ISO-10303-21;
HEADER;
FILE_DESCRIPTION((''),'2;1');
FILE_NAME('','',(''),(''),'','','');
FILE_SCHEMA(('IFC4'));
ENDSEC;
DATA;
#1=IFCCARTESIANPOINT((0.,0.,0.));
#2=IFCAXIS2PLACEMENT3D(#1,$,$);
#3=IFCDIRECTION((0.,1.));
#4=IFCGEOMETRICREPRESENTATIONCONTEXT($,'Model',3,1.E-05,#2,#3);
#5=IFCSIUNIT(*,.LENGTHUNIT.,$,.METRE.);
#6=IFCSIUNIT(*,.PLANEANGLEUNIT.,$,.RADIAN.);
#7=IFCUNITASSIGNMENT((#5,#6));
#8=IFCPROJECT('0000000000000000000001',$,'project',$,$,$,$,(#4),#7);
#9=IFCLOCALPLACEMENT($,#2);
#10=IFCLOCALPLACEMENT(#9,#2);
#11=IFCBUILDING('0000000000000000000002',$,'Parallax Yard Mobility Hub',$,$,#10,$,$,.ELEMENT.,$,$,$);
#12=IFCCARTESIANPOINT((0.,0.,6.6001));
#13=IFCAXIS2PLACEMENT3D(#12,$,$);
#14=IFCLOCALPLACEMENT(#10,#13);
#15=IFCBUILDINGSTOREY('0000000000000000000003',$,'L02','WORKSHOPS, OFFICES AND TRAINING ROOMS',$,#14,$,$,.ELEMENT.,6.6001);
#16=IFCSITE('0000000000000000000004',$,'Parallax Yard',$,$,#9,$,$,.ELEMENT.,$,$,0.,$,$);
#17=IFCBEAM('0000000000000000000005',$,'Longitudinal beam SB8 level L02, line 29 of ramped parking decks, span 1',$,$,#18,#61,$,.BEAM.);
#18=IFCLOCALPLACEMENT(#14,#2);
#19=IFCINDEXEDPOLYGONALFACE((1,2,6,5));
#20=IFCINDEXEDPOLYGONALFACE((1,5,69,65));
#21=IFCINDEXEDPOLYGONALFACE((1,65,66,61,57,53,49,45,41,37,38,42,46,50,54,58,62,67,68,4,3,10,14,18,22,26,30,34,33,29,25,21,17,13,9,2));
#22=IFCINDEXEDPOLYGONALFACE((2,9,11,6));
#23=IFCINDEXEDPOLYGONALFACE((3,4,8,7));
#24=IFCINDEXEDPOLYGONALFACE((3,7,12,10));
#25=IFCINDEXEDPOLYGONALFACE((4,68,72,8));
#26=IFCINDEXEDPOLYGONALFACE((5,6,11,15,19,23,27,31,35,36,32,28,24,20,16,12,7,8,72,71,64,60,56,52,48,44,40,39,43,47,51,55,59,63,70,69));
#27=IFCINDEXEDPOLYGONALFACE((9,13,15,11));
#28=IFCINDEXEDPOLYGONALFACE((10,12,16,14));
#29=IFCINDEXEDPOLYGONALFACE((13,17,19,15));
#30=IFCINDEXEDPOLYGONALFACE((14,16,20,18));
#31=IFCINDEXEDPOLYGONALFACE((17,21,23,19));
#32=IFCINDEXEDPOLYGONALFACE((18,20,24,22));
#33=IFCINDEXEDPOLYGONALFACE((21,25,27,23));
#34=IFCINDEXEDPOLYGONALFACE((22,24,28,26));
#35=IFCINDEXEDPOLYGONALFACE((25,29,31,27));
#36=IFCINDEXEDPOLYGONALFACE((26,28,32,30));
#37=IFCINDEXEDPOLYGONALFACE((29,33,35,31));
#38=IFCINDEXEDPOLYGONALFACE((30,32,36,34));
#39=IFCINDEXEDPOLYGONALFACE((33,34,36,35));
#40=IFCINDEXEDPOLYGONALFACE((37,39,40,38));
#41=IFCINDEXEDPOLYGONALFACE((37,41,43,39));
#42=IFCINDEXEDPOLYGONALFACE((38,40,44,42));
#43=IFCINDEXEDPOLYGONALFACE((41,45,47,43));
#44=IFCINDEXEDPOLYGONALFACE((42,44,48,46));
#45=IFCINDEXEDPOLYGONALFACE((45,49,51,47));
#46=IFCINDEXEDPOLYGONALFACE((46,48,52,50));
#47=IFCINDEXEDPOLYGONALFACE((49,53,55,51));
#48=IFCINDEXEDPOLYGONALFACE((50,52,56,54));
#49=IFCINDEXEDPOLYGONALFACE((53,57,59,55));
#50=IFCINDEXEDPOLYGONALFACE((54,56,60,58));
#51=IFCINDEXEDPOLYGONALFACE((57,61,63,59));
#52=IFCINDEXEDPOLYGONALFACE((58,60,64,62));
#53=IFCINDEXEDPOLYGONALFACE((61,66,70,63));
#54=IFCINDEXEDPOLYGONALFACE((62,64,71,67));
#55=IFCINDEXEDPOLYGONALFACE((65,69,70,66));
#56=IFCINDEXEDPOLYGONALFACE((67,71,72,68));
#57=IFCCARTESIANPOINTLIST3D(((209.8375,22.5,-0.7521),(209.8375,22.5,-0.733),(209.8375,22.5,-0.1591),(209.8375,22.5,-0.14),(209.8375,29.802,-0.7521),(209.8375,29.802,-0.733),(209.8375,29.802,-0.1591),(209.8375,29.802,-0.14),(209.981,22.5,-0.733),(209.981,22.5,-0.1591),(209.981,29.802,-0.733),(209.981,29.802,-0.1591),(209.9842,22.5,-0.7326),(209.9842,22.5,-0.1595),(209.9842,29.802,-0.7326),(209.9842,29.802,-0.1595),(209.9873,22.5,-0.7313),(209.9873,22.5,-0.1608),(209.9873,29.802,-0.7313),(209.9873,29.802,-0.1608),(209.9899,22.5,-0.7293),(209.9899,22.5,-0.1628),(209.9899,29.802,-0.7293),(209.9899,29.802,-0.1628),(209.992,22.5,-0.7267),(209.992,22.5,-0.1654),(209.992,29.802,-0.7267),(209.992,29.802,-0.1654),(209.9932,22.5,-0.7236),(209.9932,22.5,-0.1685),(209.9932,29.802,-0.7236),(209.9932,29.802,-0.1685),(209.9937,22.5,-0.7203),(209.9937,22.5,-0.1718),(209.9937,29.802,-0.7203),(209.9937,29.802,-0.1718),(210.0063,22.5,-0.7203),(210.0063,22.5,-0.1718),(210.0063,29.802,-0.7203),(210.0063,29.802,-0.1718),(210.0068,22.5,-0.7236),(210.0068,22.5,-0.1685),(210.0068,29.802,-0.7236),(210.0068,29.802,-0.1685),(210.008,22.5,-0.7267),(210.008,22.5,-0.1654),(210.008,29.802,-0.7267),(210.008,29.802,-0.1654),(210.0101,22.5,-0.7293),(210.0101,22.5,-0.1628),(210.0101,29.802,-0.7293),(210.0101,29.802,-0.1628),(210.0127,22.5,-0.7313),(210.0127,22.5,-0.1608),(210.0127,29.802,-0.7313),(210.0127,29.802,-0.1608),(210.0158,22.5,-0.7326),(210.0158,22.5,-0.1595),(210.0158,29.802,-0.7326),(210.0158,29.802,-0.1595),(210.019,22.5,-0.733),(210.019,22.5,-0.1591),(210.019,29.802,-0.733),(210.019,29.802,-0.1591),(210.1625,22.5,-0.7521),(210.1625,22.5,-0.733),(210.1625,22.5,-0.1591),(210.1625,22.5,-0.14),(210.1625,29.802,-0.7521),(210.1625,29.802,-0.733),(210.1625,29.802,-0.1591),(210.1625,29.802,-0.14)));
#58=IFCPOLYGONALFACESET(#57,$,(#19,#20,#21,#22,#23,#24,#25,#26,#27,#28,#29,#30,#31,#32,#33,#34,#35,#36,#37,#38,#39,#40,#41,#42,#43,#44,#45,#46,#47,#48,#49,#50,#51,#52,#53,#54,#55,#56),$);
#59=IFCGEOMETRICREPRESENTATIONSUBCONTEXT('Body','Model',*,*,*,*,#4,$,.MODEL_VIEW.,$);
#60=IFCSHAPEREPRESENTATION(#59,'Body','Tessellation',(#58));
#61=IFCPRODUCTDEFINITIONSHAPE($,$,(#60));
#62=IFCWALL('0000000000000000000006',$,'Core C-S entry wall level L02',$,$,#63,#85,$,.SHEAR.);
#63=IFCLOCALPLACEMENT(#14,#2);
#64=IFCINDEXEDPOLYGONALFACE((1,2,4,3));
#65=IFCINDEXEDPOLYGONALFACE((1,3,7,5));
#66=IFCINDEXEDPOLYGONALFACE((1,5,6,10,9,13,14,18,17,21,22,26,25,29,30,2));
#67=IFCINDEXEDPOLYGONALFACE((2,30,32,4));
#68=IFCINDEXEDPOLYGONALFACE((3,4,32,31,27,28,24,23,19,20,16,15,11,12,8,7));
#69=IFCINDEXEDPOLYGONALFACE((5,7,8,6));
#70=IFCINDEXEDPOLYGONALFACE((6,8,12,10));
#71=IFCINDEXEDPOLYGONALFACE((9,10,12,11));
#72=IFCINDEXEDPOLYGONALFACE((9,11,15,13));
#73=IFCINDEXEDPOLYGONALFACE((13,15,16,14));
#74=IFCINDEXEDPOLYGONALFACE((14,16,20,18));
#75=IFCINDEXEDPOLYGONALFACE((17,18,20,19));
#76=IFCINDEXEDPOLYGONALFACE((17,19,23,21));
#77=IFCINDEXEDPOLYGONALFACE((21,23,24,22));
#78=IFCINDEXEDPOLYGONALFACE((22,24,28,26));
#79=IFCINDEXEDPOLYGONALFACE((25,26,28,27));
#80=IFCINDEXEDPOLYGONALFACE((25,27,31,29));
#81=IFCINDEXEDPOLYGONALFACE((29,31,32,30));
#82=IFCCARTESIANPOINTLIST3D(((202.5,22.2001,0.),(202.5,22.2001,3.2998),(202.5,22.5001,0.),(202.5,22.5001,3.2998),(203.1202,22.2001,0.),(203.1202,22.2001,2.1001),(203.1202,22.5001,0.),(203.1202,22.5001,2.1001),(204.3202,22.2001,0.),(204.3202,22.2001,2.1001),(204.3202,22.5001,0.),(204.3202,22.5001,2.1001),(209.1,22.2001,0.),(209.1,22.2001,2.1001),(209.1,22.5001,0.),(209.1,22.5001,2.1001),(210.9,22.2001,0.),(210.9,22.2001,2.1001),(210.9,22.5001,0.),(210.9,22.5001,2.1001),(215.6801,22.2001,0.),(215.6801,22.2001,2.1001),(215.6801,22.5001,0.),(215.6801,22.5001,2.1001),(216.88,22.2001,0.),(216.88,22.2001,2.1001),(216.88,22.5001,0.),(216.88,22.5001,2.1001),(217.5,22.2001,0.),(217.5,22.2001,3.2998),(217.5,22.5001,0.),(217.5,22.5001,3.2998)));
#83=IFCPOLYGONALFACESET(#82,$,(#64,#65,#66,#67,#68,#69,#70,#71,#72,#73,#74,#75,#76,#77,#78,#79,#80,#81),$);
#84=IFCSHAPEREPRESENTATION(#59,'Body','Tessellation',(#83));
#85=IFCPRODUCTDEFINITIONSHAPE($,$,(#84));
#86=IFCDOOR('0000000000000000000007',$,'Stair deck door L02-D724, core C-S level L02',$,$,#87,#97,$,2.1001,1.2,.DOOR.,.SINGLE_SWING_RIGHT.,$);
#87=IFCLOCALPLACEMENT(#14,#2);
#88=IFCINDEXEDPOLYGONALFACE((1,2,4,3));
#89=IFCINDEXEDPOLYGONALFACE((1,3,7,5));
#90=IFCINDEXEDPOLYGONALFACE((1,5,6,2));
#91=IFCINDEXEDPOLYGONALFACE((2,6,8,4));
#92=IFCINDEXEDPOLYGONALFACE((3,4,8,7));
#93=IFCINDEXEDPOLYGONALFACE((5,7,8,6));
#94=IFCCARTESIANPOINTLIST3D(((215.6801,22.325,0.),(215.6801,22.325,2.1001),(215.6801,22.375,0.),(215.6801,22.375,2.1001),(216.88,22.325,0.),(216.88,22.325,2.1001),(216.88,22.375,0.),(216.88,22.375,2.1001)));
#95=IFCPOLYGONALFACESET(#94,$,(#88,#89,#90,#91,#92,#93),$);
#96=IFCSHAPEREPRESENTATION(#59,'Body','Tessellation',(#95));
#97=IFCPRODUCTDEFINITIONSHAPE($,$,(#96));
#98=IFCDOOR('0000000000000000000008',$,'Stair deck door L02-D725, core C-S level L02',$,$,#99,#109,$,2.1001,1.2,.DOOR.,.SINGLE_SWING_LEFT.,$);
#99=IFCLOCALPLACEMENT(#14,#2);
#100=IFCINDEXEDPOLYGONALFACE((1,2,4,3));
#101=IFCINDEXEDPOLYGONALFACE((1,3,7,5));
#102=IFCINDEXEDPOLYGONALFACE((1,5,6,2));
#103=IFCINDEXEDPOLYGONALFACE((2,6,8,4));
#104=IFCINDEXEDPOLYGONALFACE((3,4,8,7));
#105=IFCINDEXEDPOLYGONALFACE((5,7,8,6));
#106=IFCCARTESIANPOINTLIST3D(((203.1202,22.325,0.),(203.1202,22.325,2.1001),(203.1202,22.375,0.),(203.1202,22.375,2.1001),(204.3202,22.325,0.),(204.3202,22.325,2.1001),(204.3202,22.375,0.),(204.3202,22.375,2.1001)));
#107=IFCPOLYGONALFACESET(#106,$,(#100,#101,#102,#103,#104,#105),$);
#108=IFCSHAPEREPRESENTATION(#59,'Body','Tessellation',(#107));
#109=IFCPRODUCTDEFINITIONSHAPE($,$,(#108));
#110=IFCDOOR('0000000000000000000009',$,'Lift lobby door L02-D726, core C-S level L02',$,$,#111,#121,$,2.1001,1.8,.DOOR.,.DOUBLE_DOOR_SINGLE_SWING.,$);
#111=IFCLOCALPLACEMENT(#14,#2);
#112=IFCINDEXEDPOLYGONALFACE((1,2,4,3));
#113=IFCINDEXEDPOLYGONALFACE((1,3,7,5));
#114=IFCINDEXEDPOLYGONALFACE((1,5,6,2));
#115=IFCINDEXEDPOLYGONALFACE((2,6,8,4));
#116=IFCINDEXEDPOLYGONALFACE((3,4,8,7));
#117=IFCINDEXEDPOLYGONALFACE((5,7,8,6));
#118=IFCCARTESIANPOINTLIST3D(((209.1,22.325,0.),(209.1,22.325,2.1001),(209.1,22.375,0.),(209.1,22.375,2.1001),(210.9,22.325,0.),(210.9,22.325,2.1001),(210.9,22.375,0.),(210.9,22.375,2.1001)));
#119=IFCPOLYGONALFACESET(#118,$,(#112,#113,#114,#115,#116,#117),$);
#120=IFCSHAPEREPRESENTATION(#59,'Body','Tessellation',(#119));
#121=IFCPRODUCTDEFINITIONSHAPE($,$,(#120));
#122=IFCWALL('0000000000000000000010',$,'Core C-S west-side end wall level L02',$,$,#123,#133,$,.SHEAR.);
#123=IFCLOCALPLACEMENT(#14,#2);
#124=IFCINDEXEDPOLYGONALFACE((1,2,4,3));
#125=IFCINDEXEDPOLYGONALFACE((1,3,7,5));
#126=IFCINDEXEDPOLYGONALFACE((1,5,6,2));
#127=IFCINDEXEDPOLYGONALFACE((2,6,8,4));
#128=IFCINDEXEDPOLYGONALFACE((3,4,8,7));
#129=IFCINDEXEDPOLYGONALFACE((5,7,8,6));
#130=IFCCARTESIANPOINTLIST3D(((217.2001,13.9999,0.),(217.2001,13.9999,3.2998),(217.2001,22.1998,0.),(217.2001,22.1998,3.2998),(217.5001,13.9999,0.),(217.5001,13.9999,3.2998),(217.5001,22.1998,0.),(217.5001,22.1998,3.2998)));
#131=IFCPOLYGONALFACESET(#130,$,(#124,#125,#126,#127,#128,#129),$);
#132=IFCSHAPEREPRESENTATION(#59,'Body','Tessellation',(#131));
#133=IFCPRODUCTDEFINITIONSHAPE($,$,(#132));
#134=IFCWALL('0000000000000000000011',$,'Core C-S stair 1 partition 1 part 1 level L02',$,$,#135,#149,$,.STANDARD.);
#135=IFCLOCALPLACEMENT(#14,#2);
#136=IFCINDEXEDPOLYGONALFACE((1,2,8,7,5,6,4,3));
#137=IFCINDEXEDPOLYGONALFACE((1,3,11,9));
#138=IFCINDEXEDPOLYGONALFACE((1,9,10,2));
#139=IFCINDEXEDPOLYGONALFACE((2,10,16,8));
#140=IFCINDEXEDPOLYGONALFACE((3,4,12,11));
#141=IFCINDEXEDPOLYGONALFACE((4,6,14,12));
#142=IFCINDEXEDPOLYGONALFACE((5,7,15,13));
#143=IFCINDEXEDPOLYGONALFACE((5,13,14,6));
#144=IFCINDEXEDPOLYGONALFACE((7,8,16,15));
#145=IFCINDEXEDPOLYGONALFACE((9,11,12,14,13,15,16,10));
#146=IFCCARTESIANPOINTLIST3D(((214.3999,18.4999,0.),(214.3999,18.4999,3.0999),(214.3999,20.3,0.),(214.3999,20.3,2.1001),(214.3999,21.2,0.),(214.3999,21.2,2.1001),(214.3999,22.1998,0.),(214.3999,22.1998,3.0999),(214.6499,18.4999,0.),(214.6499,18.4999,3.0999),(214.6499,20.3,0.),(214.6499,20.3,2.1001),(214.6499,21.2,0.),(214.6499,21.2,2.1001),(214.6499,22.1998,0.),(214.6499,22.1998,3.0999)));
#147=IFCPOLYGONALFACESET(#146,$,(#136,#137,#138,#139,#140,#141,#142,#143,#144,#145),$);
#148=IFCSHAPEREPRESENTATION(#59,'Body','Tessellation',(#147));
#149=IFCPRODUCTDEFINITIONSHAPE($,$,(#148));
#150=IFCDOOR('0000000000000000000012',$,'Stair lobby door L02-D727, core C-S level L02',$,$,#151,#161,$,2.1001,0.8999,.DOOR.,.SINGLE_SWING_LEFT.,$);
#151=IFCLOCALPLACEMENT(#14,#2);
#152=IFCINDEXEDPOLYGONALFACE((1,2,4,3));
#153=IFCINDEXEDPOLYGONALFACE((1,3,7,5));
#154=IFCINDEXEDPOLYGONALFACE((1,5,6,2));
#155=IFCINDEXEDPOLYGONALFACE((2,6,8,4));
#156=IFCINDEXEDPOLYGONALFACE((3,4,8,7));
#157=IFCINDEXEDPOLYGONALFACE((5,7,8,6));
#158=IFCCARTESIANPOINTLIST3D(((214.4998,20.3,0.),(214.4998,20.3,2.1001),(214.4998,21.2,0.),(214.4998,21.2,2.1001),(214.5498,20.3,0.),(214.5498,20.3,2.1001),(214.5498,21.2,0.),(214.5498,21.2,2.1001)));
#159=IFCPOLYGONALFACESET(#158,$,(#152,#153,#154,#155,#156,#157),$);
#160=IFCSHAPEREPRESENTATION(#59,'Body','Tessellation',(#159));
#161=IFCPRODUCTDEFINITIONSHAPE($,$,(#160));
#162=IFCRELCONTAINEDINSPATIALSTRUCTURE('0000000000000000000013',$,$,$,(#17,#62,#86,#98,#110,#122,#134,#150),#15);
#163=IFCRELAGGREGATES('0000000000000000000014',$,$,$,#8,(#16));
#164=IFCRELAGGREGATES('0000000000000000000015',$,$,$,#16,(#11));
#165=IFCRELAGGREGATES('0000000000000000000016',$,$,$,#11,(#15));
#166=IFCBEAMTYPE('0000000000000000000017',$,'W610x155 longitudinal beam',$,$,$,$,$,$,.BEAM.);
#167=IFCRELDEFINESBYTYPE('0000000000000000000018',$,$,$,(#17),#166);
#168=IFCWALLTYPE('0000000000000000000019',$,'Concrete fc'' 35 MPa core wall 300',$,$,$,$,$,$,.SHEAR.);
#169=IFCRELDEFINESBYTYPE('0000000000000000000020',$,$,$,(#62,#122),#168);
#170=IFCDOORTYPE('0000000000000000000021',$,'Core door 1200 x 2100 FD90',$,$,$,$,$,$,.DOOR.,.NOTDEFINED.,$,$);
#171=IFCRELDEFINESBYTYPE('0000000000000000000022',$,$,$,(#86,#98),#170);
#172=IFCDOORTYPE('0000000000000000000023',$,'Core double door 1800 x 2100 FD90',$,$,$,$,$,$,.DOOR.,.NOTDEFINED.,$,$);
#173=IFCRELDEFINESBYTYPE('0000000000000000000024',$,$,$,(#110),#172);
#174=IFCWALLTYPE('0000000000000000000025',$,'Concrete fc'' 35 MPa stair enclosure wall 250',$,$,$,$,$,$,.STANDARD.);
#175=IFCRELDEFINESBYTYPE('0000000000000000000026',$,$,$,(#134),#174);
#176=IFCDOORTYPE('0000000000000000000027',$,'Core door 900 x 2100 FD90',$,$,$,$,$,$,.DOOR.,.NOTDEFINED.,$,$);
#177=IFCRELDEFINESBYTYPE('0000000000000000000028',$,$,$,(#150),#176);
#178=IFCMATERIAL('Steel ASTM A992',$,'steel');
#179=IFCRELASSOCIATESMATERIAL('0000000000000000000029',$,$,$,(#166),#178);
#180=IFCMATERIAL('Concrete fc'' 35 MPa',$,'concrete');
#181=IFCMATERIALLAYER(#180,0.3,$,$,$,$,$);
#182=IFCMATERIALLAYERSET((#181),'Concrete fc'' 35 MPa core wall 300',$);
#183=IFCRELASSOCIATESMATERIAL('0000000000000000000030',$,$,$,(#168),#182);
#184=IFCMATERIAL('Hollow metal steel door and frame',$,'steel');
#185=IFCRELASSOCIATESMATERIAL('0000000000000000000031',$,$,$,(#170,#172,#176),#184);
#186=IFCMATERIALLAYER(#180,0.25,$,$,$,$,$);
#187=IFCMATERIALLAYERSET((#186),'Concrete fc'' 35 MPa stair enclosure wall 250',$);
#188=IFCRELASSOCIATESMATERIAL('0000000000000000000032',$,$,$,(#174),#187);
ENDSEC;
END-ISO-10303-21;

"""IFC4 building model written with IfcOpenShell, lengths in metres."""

from ifc_helpers import new_model, si_unit, direction, frame, frame_2d, origin, origin_2d, place, context, subcontext, project, spatial, rectangle, i_section, extrude, material, layer, layer_set, material_profile, profile_set, type_object, element, fill, save


model = new_model("IFC4")

# Units and contexts
model_context = context("Model", 3, precision=1e-05, world=origin(), true_north=direction((0.0, 1.0)))
body_context = subcontext(model_context, "Body", "Model", "MODEL_VIEW")
ifc_project = project(units=[si_unit("LENGTHUNIT", "METRE"), si_unit("PLANEANGLEUNIT", "RADIAN")], contexts=[model_context])

# Site, building, storey
site_placement = place(None, origin())
site = spatial("IfcSite", under=ifc_project, at=site_placement, Name="Parallax Yard", CompositionType="ELEMENT", RefElevation=0.0)
building_placement = place(site_placement, origin())
building = spatial("IfcBuilding", under=site, at=building_placement, Name="Parallax Yard Mobility Hub", CompositionType="ELEMENT")
storey_placement = place(building_placement, frame((0.0, 0.0, 6.6001)))
storey = spatial("IfcBuildingStorey", under=building, at=storey_placement, Name="L02", Description="WORKSHOPS, OFFICES AND TRAINING ROOMS", CompositionType="ELEMENT", Elevation=6.6001)

# Shared definitions
ifc_material_1 = material(Name="Steel ASTM A992", Category="steel")

# Beam
ifc_material_profile_1 = material_profile(ifc_material_1, i_section(OverallWidth=0.325, OverallDepth=0.6121, WebThickness=0.0127, FlangeThickness=0.019, FilletRadius=0.0127, at=origin_2d()), Name="W610x155")
ifc_profile_set_1 = profile_set([ifc_material_profile_1], Name="Steel ASTM A992")
beam_type_1 = type_object("IfcBeamType", Name="W610x155 longitudinal beam", PredefinedType="BEAM", material=ifc_profile_set_1)
beam_1_placement = place(storey_placement, frame((210.0, 22.5, -0.446), z_axis=(0.0, 1.0, 0.0), x_axis=(-1.0, 0.0, 0.0)))
element("IfcBeam", 1, at=beam_1_placement, inside=storey, type_object=beam_type_1, Name="Longitudinal beam SB8 level L02, line 29 of ramped parking decks, span 1", PredefinedType="BEAM", context=body_context, shape_type="SweptSolid", body=[
    extrude(i_section(OverallWidth=0.325, OverallDepth=0.6121, WebThickness=0.0127, FlangeThickness=0.019, FilletRadius=0.0127, at=origin_2d()), origin(), (0.0, 0.0, 1.0), 7.302),
])

# Wall, openings, doors
ifc_material_2 = material(Name="Concrete fc' 35 MPa", Category="concrete")
ifc_layer_1 = layer(ifc_material_2, 0.3)
ifc_layer_set_1 = layer_set([ifc_layer_1], Name="Concrete fc' 35 MPa core wall 300")
wall_type_1 = type_object("IfcWallType", Name="Concrete fc' 35 MPa core wall 300", PredefinedType="SHEAR", material=ifc_layer_set_1)
wall_1_placement = place(storey_placement, frame((202.5, 22.3501, 0.0), z_axis=(0.0, 0.0, 1.0), x_axis=(1.0, 0.0, 0.0)))
wall_1 = element("IfcWall", 2, at=wall_1_placement, inside=storey, type_object=wall_type_1, Name="Core C-S entry wall level L02", PredefinedType="SHEAR", context=body_context, shape_type="SweptSolid", body=[
    extrude(rectangle(XDim=15.0, YDim=0.3, at=frame_2d((7.5, 0.0))), origin(), (0.0, 0.0, 1.0), 3.2998),
])
opening_1_placement = place(wall_1_placement, frame((13.1799, 0.0, 0.0)))
opening_1 = element("IfcOpeningElement", 3, at=opening_1_placement, cuts=wall_1, PredefinedType="OPENING", context=body_context, shape_type="SweptSolid", body=[
    extrude(rectangle(XDim=1.2, YDim=2.1001, at=frame_2d((0.6001, 1.05))), frame((0.0, 0.1602, 0.0), z_axis=(0.0, -1.0, 0.0), x_axis=(1.0, 0.0, 0.0)), (0.0, 0.0, 1.0), 0.3201),
])
opening_2_placement = place(wall_1_placement, frame((0.6201, 0.0, 0.0)))
opening_2 = element("IfcOpeningElement", 4, at=opening_2_placement, cuts=wall_1, PredefinedType="OPENING", context=body_context, shape_type="SweptSolid", body=[
    extrude(rectangle(XDim=1.2, YDim=2.1001, at=frame_2d((0.6001, 1.05))), frame((0.0, 0.1602, 0.0), z_axis=(0.0, -1.0, 0.0), x_axis=(1.0, 0.0, 0.0)), (0.0, 0.0, 1.0), 0.3201),
])
opening_3_placement = place(wall_1_placement, frame((6.6001, 0.0, 0.0)))
opening_3 = element("IfcOpeningElement", 5, at=opening_3_placement, cuts=wall_1, PredefinedType="OPENING", context=body_context, shape_type="SweptSolid", body=[
    extrude(rectangle(XDim=1.8, YDim=2.1001, at=frame_2d((0.8999, 1.05))), frame((0.0, 0.1602, 0.0), z_axis=(0.0, -1.0, 0.0), x_axis=(1.0, 0.0, 0.0)), (0.0, 0.0, 1.0), 0.3201),
])
ifc_material_3 = material(Name="Hollow metal steel door and frame", Category="steel")
door_type_1 = type_object("IfcDoorType", Name="Core door 1200 x 2100 FD90", OperationType="NOTDEFINED", PredefinedType="DOOR", material=ifc_material_3)
door_1_placement = place(opening_1_placement, origin())
door_1 = element("IfcDoor", 6, at=door_1_placement, inside=storey, type_object=door_type_1, Name="Stair deck door L02-D724, core C-S level L02", OperationType="SINGLE_SWING_RIGHT", OverallHeight=2.1001, OverallWidth=1.2, PredefinedType="DOOR", context=body_context, shape_type="SweptSolid", body=[
    extrude(rectangle(XDim=1.2, YDim=2.1001, at=frame_2d((0.6001, 1.05))), frame((0.0, 0.0249, 0.0), z_axis=(0.0, -1.0, 0.0), x_axis=(1.0, 0.0, 0.0)), (0.0, 0.0, 1.0), 0.05),
])
fill(opening_1, door_1)
door_2_placement = place(opening_2_placement, origin())
door_2 = element("IfcDoor", 7, at=door_2_placement, inside=storey, type_object=door_type_1, Name="Stair deck door L02-D725, core C-S level L02", OperationType="SINGLE_SWING_LEFT", OverallHeight=2.1001, OverallWidth=1.2, PredefinedType="DOOR", context=body_context, shape_type="SweptSolid", body=[
    extrude(rectangle(XDim=1.2, YDim=2.1001, at=frame_2d((0.6001, 1.05))), frame((0.0, 0.0249, 0.0), z_axis=(0.0, -1.0, 0.0), x_axis=(1.0, 0.0, 0.0)), (0.0, 0.0, 1.0), 0.05),
])
fill(opening_2, door_2)
door_type_2 = type_object("IfcDoorType", Name="Core double door 1800 x 2100 FD90", OperationType="NOTDEFINED", PredefinedType="DOOR", material=ifc_material_3)
door_3_placement = place(opening_3_placement, origin())
door_3 = element("IfcDoor", 8, at=door_3_placement, inside=storey, type_object=door_type_2, Name="Lift lobby door L02-D726, core C-S level L02", OperationType="DOUBLE_DOOR_SINGLE_SWING", OverallHeight=2.1001, OverallWidth=1.8, PredefinedType="DOOR", context=body_context, shape_type="SweptSolid", body=[
    extrude(rectangle(XDim=1.8, YDim=2.1001, at=frame_2d((0.8999, 1.05))), frame((0.0, 0.0249, 0.0), z_axis=(0.0, -1.0, 0.0), x_axis=(1.0, 0.0, 0.0)), (0.0, 0.0, 1.0), 0.05),
])
fill(opening_3, door_3)

# Wall
wall_2_placement = place(storey_placement, frame((217.3501, 22.2, 0.0), z_axis=(0.0, 0.0, 1.0), x_axis=(0.0, -1.0, 0.0)))
element("IfcWall", 9, at=wall_2_placement, inside=storey, type_object=wall_type_1, Name="Core C-S west-side end wall level L02", PredefinedType="SHEAR", context=body_context, shape_type="SweptSolid", body=[
    extrude(rectangle(XDim=8.2, YDim=0.3, at=frame_2d((4.1001, 0.0))), origin(), (0.0, 0.0, 1.0), 3.2998),
])

# Wall, opening, door
ifc_layer_2 = layer(ifc_material_2, 0.25)
ifc_layer_set_2 = layer_set([ifc_layer_2], Name="Concrete fc' 35 MPa stair enclosure wall 250")
wall_type_2 = type_object("IfcWallType", Name="Concrete fc' 35 MPa stair enclosure wall 250", PredefinedType="STANDARD", material=ifc_layer_set_2)
wall_3_placement = place(storey_placement, frame((214.5249, 22.2, 0.0), z_axis=(0.0, 0.0, 1.0), x_axis=(0.0, -1.0, 0.0)))
wall_3 = element("IfcWall", 10, at=wall_3_placement, inside=storey, type_object=wall_type_2, Name="Core C-S stair 1 partition 1 part 1 level L02", PredefinedType="STANDARD", context=body_context, shape_type="SweptSolid", body=[
    extrude(rectangle(XDim=3.7, YDim=0.25, at=frame_2d((1.8501, 0.0))), origin(), (0.0, 0.0, 1.0), 3.0999),
])
opening_4_placement = place(wall_3_placement, frame((1.0, 0.0, 0.0)))
opening_4 = element("IfcOpeningElement", 11, at=opening_4_placement, cuts=wall_3, PredefinedType="OPENING", context=body_context, shape_type="SweptSolid", body=[
    extrude(rectangle(XDim=0.8999, YDim=2.1001, at=frame_2d((0.45, 1.05))), frame((0.0, 0.135, 0.0), z_axis=(0.0, -1.0, 0.0), x_axis=(1.0, 0.0, 0.0)), (0.0, 0.0, 1.0), 0.27),
])
door_type_3 = type_object("IfcDoorType", Name="Core door 900 x 2100 FD90", OperationType="NOTDEFINED", PredefinedType="DOOR", material=ifc_material_3)
door_4_placement = place(opening_4_placement, origin())
door_4 = element("IfcDoor", 12, at=door_4_placement, inside=storey, type_object=door_type_3, Name="Stair lobby door L02-D727, core C-S level L02", OperationType="SINGLE_SWING_LEFT", OverallHeight=2.1001, OverallWidth=0.8999, PredefinedType="DOOR", context=body_context, shape_type="SweptSolid", body=[
    extrude(rectangle(XDim=0.8999, YDim=2.1001, at=frame_2d((0.45, 1.05))), frame((0.0, 0.0249, 0.0), z_axis=(0.0, -1.0, 0.0), x_axis=(1.0, 0.0, 0.0)), (0.0, 0.0, 1.0), 0.05),
])
fill(opening_4, door_4)

save(model, "model.ifc")
